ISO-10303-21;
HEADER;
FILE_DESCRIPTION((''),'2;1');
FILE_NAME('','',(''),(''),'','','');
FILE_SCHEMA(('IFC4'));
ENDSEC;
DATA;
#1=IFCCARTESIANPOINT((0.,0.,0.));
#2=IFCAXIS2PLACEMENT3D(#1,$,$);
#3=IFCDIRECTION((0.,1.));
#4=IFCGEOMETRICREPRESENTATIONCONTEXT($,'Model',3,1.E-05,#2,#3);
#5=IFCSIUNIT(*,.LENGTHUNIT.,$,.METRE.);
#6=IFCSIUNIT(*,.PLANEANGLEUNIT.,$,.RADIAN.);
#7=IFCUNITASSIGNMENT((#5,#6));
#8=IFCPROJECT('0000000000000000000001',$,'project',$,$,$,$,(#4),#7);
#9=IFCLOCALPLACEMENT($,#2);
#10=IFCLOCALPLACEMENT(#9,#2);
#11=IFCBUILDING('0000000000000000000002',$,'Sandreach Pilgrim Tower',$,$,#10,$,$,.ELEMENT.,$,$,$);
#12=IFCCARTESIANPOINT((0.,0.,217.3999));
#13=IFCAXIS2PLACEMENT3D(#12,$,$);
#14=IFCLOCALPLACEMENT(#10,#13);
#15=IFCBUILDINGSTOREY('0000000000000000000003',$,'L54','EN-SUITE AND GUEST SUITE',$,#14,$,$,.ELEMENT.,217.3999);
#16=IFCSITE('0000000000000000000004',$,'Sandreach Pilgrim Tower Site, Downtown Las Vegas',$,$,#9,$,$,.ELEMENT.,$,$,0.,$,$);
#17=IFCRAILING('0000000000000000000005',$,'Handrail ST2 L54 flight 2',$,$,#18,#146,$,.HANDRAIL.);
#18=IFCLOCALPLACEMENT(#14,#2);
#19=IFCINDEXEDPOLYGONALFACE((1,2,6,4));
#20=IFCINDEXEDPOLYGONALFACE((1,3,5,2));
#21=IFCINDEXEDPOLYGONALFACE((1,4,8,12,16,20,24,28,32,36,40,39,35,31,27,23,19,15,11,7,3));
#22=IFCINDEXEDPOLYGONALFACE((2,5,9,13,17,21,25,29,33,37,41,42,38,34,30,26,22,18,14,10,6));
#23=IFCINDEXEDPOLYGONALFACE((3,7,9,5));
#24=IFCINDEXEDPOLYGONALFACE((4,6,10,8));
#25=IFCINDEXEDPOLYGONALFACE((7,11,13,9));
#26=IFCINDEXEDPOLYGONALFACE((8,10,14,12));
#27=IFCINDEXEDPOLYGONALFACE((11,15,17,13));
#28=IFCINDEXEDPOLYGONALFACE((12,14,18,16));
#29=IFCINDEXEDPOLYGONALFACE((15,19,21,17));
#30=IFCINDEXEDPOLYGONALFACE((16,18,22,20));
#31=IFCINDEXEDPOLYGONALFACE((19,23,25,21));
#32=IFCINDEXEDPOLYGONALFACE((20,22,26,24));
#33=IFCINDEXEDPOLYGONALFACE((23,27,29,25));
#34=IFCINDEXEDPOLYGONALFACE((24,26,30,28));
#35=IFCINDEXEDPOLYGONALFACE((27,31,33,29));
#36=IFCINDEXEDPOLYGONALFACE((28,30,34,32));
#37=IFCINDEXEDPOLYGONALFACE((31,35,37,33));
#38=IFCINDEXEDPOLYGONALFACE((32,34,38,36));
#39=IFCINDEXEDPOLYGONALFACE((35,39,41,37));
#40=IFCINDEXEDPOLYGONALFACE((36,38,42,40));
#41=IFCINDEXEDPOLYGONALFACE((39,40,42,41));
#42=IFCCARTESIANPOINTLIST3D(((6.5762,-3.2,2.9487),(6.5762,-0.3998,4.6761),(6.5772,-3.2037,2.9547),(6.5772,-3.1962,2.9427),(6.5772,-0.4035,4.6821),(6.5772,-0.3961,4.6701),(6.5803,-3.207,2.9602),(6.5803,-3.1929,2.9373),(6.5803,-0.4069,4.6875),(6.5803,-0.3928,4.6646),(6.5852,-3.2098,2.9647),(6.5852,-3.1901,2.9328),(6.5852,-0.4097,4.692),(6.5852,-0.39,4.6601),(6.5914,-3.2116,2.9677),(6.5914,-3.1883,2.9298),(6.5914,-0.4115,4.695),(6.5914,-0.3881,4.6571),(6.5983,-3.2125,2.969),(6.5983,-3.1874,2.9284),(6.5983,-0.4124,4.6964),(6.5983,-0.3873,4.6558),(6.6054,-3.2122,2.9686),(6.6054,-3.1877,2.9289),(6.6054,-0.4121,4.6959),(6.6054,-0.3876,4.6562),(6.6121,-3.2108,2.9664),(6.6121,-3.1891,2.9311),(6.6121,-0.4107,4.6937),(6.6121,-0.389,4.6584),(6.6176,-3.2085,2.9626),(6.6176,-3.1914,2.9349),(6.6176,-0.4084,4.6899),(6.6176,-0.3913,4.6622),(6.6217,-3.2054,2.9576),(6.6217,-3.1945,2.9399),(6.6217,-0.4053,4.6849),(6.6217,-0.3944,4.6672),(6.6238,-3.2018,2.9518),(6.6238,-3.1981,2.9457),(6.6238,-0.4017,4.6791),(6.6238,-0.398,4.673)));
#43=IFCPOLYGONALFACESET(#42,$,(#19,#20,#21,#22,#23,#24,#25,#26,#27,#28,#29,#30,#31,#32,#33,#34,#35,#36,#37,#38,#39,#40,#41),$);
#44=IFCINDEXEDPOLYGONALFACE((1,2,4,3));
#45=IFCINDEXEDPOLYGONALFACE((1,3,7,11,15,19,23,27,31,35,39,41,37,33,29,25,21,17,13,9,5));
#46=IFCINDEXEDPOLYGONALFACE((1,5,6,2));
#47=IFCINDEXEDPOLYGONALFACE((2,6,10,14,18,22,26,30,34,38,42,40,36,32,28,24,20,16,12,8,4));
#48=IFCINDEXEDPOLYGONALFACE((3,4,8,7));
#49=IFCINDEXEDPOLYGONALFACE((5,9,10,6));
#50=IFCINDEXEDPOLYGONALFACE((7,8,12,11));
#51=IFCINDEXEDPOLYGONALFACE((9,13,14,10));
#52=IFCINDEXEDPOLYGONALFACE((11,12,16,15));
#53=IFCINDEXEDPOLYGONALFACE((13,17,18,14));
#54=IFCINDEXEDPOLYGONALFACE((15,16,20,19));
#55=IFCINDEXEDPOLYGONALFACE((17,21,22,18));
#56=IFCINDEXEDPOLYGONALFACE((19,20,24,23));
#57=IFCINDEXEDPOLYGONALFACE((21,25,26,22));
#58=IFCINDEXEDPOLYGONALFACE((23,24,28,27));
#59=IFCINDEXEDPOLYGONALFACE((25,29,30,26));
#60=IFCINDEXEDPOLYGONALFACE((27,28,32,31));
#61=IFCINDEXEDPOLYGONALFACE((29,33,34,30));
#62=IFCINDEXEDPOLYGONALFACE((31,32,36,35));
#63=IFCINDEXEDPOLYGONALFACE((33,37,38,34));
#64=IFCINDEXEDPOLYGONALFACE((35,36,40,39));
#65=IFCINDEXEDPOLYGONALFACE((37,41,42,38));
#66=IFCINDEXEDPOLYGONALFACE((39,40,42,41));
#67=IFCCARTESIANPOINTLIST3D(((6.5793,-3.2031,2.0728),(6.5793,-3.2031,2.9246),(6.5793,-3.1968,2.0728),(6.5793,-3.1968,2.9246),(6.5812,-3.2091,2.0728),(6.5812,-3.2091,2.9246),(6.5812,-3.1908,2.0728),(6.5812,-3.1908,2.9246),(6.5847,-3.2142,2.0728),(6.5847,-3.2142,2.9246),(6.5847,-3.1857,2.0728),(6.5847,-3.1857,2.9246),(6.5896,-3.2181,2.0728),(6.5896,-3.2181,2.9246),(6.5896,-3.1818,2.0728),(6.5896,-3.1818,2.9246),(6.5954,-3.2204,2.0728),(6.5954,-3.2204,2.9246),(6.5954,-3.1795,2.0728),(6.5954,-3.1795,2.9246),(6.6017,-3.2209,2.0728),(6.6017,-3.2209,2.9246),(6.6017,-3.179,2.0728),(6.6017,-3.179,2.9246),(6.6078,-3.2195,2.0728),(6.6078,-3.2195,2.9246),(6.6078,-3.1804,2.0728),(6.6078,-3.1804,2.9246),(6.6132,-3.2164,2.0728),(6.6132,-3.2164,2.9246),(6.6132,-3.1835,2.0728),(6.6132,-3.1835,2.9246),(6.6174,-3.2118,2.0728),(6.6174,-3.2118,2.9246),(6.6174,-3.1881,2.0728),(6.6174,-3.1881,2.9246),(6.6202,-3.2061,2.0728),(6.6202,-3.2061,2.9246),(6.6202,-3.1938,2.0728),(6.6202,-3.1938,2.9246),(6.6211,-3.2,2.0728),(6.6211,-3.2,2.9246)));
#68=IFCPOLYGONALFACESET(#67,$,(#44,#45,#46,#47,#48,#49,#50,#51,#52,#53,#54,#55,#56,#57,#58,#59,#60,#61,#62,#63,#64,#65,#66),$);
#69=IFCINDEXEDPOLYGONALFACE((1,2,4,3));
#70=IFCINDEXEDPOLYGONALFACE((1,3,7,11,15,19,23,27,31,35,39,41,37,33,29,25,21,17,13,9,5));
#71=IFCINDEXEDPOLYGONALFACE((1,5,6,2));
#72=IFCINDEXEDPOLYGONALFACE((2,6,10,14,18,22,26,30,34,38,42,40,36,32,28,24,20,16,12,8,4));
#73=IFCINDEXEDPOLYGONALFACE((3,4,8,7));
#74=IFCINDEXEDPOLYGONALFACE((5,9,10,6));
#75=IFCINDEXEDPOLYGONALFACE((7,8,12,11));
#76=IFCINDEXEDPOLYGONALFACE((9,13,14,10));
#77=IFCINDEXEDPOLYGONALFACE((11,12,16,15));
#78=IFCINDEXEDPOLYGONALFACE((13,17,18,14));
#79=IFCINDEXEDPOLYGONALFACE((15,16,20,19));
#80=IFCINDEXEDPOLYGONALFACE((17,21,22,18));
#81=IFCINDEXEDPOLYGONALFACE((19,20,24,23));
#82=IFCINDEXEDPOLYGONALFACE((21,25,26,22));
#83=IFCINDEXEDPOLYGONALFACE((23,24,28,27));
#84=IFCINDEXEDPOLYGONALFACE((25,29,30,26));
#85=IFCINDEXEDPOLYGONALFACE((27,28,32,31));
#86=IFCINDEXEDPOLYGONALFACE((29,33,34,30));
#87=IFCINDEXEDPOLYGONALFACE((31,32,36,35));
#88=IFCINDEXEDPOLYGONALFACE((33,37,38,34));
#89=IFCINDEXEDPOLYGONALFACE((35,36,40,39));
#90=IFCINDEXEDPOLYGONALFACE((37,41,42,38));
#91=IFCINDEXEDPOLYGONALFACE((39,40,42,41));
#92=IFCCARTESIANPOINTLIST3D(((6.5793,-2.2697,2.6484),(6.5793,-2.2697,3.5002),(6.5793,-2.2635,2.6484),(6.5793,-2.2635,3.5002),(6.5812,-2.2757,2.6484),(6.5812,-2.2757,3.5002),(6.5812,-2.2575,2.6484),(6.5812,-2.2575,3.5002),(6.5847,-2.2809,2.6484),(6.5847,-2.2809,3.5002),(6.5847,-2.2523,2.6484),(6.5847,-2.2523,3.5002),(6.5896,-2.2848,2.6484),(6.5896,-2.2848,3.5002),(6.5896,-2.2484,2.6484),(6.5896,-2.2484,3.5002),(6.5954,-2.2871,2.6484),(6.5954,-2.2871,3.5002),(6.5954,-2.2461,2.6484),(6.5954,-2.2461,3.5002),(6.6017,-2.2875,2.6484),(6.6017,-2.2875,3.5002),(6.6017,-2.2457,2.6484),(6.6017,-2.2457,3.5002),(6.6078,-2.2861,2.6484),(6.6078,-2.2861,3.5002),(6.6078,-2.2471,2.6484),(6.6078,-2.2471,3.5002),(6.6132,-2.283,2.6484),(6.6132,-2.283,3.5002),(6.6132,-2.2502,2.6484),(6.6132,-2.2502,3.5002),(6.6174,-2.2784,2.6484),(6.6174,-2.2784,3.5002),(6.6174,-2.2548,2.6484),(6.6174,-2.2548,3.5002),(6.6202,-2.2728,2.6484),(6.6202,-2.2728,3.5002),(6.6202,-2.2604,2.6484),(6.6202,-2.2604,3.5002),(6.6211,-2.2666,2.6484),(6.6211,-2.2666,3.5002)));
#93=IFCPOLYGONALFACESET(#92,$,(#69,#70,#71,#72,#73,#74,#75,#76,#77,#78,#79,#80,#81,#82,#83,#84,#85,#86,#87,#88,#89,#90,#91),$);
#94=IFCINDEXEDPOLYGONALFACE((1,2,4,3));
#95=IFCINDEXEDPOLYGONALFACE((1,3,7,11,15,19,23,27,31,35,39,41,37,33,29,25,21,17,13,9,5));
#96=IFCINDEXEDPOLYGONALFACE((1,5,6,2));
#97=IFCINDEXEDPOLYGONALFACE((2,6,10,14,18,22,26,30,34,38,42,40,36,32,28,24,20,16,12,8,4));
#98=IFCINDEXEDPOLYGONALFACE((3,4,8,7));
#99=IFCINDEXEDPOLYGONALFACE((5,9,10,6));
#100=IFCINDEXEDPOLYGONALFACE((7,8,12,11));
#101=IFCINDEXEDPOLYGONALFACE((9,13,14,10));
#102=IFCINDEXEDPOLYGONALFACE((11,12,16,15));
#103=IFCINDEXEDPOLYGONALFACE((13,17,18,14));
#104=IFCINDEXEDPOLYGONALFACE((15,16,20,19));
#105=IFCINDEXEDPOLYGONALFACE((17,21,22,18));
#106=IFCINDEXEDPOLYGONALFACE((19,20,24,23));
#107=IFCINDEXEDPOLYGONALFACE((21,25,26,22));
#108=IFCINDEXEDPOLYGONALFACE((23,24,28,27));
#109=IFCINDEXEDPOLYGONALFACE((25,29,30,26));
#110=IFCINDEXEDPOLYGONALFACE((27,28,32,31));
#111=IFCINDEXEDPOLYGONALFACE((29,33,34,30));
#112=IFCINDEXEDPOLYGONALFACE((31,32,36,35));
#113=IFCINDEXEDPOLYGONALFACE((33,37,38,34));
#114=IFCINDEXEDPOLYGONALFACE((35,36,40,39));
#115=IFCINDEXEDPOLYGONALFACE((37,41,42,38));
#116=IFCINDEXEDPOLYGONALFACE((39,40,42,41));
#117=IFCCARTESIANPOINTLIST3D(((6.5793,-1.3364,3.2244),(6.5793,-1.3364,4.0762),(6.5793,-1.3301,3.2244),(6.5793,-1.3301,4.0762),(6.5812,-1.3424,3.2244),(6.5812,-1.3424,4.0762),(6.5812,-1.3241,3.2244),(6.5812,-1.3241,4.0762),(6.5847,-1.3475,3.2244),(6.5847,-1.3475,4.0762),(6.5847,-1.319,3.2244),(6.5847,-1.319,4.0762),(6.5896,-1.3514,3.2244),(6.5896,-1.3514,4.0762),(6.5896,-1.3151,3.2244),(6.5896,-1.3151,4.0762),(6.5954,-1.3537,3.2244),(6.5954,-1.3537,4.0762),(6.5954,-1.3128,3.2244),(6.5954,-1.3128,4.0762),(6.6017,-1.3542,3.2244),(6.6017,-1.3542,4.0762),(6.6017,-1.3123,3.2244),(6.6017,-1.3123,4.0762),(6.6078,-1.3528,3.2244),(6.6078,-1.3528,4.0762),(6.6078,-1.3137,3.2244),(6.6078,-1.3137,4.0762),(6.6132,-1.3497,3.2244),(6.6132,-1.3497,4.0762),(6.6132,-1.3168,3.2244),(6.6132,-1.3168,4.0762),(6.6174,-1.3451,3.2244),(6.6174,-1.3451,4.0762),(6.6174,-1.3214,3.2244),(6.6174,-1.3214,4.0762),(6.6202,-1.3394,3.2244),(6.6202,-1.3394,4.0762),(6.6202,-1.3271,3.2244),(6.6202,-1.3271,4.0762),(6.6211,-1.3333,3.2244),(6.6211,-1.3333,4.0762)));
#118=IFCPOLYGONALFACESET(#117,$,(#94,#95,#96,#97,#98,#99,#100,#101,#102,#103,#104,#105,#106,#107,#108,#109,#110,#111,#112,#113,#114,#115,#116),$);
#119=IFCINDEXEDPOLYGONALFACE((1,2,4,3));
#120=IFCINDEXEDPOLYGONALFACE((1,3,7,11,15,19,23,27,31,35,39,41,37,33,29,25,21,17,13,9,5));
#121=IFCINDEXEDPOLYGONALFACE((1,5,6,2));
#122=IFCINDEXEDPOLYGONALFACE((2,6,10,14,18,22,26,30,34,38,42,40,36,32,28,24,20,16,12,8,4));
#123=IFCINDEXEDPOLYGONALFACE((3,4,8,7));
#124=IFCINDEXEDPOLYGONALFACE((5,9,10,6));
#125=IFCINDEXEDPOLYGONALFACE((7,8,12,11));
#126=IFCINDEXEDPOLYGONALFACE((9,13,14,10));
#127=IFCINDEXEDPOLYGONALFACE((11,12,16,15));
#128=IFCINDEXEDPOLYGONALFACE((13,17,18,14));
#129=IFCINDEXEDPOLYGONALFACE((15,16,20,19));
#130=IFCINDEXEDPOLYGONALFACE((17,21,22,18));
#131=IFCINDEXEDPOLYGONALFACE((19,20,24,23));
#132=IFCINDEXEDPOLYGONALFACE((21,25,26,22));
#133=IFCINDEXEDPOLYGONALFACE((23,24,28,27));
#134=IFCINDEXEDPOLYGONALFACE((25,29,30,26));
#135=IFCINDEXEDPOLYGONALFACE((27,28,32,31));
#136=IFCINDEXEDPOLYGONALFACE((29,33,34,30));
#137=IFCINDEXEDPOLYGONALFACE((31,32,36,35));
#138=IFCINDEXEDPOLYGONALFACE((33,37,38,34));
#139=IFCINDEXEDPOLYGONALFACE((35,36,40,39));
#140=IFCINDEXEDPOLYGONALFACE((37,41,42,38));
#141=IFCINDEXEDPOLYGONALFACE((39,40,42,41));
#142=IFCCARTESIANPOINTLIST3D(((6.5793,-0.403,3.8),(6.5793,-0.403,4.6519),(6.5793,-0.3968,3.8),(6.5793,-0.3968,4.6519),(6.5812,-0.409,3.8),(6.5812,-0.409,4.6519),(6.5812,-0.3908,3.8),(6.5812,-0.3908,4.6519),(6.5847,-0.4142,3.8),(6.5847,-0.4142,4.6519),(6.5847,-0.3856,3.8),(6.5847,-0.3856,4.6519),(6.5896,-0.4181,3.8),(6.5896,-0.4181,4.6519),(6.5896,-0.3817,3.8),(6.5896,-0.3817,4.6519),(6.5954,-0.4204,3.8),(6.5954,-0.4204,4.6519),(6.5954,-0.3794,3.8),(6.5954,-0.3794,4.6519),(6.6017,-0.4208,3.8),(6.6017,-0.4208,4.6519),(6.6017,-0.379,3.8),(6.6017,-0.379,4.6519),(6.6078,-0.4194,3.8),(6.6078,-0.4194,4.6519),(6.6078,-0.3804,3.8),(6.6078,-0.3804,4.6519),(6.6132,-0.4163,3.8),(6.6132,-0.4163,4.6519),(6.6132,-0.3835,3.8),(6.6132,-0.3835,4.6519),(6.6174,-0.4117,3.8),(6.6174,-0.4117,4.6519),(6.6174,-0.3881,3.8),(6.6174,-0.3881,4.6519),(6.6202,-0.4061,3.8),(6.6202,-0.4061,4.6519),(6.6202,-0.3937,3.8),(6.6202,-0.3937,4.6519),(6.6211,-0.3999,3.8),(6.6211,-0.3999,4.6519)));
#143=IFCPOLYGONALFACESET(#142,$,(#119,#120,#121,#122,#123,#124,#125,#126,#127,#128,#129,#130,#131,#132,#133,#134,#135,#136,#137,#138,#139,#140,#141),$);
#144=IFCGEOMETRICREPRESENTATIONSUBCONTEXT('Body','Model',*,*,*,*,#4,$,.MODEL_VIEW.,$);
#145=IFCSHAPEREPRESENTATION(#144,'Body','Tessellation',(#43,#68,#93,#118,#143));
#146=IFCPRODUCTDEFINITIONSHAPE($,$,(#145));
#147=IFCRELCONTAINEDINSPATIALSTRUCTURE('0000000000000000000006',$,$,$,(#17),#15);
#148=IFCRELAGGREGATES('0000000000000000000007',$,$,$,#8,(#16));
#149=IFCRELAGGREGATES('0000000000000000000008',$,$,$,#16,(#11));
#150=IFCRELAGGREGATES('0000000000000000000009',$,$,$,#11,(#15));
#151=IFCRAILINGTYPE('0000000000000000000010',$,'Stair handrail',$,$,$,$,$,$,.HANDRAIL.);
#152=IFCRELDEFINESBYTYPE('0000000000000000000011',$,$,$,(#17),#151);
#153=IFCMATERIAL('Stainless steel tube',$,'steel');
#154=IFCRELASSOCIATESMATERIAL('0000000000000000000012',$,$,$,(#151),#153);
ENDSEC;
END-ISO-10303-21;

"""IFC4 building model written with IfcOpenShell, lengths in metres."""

from ifc_helpers import new_model, si_unit, direction, frame, origin, origin_2d, place, context, subcontext, project, spatial, circle, extrude, material, type_object, element, save


model = new_model("IFC4")

# Units and contexts
model_context = context("Model", 3, precision=1e-05, world=origin(), true_north=direction((0.0, 1.0)))
body_context = subcontext(model_context, "Body", "Model", "MODEL_VIEW")
ifc_project = project(units=[si_unit("LENGTHUNIT", "METRE"), si_unit("PLANEANGLEUNIT", "RADIAN")], contexts=[model_context])

# Site, building, storey
site_placement = place(None, origin())
site = spatial("IfcSite", under=ifc_project, at=site_placement, Name="Sandreach Pilgrim Tower Site, Downtown Las Vegas", CompositionType="ELEMENT", RefElevation=0.0)
building_placement = place(site_placement, origin())
building = spatial("IfcBuilding", under=site, at=building_placement, Name="Sandreach Pilgrim Tower", CompositionType="ELEMENT")
storey_placement = place(building_placement, frame((0.0, 0.0, 217.3999)))
storey = spatial("IfcBuildingStorey", under=building, at=storey_placement, Name="L54", Description="EN-SUITE AND GUEST SUITE", CompositionType="ELEMENT", Elevation=217.3999)

# Railing
ifc_material_1 = material(Name="Stainless steel tube", Category="steel")
railing_type = type_object("IfcRailingType", Name="Stair handrail", PredefinedType="HANDRAIL", material=ifc_material_1)
for number, where, name in (
    (1, (6.6001, -3.2, 2.0728), "Handrail ST2 L54 flight 2"),
):
    element("IfcRailing", number, at=place(storey_placement, frame(where)), inside=storey, type_object=railing_type, Name=name, PredefinedType="HANDRAIL", context=body_context, shape_type="SweptSolid", body=[
        extrude(circle(Radius=0.0239, at=origin_2d()), frame((0.0, 0.0, 0.876), z_axis=(0.0, 0.85109, 0.52502), x_axis=(-1.0, 0.0, 0.0)), (0.0, 0.0, 1.0), 3.29),
        extrude(circle(Radius=0.021, at=origin_2d()), origin(), (0.0, 0.0, 1.0), 0.8518),
        extrude(circle(Radius=0.021, at=origin_2d()), frame((0.0, 0.9333, 0.5757)), (0.0, 0.0, 1.0), 0.8518),
        extrude(circle(Radius=0.021, at=origin_2d()), frame((0.0, 1.8667, 1.1516)), (0.0, 0.0, 1.0), 0.8518),
        extrude(circle(Radius=0.021, at=origin_2d()), frame((0.0, 2.8, 1.7273)), (0.0, 0.0, 1.0), 0.8518),
    ])

save(model, "model.ifc")
